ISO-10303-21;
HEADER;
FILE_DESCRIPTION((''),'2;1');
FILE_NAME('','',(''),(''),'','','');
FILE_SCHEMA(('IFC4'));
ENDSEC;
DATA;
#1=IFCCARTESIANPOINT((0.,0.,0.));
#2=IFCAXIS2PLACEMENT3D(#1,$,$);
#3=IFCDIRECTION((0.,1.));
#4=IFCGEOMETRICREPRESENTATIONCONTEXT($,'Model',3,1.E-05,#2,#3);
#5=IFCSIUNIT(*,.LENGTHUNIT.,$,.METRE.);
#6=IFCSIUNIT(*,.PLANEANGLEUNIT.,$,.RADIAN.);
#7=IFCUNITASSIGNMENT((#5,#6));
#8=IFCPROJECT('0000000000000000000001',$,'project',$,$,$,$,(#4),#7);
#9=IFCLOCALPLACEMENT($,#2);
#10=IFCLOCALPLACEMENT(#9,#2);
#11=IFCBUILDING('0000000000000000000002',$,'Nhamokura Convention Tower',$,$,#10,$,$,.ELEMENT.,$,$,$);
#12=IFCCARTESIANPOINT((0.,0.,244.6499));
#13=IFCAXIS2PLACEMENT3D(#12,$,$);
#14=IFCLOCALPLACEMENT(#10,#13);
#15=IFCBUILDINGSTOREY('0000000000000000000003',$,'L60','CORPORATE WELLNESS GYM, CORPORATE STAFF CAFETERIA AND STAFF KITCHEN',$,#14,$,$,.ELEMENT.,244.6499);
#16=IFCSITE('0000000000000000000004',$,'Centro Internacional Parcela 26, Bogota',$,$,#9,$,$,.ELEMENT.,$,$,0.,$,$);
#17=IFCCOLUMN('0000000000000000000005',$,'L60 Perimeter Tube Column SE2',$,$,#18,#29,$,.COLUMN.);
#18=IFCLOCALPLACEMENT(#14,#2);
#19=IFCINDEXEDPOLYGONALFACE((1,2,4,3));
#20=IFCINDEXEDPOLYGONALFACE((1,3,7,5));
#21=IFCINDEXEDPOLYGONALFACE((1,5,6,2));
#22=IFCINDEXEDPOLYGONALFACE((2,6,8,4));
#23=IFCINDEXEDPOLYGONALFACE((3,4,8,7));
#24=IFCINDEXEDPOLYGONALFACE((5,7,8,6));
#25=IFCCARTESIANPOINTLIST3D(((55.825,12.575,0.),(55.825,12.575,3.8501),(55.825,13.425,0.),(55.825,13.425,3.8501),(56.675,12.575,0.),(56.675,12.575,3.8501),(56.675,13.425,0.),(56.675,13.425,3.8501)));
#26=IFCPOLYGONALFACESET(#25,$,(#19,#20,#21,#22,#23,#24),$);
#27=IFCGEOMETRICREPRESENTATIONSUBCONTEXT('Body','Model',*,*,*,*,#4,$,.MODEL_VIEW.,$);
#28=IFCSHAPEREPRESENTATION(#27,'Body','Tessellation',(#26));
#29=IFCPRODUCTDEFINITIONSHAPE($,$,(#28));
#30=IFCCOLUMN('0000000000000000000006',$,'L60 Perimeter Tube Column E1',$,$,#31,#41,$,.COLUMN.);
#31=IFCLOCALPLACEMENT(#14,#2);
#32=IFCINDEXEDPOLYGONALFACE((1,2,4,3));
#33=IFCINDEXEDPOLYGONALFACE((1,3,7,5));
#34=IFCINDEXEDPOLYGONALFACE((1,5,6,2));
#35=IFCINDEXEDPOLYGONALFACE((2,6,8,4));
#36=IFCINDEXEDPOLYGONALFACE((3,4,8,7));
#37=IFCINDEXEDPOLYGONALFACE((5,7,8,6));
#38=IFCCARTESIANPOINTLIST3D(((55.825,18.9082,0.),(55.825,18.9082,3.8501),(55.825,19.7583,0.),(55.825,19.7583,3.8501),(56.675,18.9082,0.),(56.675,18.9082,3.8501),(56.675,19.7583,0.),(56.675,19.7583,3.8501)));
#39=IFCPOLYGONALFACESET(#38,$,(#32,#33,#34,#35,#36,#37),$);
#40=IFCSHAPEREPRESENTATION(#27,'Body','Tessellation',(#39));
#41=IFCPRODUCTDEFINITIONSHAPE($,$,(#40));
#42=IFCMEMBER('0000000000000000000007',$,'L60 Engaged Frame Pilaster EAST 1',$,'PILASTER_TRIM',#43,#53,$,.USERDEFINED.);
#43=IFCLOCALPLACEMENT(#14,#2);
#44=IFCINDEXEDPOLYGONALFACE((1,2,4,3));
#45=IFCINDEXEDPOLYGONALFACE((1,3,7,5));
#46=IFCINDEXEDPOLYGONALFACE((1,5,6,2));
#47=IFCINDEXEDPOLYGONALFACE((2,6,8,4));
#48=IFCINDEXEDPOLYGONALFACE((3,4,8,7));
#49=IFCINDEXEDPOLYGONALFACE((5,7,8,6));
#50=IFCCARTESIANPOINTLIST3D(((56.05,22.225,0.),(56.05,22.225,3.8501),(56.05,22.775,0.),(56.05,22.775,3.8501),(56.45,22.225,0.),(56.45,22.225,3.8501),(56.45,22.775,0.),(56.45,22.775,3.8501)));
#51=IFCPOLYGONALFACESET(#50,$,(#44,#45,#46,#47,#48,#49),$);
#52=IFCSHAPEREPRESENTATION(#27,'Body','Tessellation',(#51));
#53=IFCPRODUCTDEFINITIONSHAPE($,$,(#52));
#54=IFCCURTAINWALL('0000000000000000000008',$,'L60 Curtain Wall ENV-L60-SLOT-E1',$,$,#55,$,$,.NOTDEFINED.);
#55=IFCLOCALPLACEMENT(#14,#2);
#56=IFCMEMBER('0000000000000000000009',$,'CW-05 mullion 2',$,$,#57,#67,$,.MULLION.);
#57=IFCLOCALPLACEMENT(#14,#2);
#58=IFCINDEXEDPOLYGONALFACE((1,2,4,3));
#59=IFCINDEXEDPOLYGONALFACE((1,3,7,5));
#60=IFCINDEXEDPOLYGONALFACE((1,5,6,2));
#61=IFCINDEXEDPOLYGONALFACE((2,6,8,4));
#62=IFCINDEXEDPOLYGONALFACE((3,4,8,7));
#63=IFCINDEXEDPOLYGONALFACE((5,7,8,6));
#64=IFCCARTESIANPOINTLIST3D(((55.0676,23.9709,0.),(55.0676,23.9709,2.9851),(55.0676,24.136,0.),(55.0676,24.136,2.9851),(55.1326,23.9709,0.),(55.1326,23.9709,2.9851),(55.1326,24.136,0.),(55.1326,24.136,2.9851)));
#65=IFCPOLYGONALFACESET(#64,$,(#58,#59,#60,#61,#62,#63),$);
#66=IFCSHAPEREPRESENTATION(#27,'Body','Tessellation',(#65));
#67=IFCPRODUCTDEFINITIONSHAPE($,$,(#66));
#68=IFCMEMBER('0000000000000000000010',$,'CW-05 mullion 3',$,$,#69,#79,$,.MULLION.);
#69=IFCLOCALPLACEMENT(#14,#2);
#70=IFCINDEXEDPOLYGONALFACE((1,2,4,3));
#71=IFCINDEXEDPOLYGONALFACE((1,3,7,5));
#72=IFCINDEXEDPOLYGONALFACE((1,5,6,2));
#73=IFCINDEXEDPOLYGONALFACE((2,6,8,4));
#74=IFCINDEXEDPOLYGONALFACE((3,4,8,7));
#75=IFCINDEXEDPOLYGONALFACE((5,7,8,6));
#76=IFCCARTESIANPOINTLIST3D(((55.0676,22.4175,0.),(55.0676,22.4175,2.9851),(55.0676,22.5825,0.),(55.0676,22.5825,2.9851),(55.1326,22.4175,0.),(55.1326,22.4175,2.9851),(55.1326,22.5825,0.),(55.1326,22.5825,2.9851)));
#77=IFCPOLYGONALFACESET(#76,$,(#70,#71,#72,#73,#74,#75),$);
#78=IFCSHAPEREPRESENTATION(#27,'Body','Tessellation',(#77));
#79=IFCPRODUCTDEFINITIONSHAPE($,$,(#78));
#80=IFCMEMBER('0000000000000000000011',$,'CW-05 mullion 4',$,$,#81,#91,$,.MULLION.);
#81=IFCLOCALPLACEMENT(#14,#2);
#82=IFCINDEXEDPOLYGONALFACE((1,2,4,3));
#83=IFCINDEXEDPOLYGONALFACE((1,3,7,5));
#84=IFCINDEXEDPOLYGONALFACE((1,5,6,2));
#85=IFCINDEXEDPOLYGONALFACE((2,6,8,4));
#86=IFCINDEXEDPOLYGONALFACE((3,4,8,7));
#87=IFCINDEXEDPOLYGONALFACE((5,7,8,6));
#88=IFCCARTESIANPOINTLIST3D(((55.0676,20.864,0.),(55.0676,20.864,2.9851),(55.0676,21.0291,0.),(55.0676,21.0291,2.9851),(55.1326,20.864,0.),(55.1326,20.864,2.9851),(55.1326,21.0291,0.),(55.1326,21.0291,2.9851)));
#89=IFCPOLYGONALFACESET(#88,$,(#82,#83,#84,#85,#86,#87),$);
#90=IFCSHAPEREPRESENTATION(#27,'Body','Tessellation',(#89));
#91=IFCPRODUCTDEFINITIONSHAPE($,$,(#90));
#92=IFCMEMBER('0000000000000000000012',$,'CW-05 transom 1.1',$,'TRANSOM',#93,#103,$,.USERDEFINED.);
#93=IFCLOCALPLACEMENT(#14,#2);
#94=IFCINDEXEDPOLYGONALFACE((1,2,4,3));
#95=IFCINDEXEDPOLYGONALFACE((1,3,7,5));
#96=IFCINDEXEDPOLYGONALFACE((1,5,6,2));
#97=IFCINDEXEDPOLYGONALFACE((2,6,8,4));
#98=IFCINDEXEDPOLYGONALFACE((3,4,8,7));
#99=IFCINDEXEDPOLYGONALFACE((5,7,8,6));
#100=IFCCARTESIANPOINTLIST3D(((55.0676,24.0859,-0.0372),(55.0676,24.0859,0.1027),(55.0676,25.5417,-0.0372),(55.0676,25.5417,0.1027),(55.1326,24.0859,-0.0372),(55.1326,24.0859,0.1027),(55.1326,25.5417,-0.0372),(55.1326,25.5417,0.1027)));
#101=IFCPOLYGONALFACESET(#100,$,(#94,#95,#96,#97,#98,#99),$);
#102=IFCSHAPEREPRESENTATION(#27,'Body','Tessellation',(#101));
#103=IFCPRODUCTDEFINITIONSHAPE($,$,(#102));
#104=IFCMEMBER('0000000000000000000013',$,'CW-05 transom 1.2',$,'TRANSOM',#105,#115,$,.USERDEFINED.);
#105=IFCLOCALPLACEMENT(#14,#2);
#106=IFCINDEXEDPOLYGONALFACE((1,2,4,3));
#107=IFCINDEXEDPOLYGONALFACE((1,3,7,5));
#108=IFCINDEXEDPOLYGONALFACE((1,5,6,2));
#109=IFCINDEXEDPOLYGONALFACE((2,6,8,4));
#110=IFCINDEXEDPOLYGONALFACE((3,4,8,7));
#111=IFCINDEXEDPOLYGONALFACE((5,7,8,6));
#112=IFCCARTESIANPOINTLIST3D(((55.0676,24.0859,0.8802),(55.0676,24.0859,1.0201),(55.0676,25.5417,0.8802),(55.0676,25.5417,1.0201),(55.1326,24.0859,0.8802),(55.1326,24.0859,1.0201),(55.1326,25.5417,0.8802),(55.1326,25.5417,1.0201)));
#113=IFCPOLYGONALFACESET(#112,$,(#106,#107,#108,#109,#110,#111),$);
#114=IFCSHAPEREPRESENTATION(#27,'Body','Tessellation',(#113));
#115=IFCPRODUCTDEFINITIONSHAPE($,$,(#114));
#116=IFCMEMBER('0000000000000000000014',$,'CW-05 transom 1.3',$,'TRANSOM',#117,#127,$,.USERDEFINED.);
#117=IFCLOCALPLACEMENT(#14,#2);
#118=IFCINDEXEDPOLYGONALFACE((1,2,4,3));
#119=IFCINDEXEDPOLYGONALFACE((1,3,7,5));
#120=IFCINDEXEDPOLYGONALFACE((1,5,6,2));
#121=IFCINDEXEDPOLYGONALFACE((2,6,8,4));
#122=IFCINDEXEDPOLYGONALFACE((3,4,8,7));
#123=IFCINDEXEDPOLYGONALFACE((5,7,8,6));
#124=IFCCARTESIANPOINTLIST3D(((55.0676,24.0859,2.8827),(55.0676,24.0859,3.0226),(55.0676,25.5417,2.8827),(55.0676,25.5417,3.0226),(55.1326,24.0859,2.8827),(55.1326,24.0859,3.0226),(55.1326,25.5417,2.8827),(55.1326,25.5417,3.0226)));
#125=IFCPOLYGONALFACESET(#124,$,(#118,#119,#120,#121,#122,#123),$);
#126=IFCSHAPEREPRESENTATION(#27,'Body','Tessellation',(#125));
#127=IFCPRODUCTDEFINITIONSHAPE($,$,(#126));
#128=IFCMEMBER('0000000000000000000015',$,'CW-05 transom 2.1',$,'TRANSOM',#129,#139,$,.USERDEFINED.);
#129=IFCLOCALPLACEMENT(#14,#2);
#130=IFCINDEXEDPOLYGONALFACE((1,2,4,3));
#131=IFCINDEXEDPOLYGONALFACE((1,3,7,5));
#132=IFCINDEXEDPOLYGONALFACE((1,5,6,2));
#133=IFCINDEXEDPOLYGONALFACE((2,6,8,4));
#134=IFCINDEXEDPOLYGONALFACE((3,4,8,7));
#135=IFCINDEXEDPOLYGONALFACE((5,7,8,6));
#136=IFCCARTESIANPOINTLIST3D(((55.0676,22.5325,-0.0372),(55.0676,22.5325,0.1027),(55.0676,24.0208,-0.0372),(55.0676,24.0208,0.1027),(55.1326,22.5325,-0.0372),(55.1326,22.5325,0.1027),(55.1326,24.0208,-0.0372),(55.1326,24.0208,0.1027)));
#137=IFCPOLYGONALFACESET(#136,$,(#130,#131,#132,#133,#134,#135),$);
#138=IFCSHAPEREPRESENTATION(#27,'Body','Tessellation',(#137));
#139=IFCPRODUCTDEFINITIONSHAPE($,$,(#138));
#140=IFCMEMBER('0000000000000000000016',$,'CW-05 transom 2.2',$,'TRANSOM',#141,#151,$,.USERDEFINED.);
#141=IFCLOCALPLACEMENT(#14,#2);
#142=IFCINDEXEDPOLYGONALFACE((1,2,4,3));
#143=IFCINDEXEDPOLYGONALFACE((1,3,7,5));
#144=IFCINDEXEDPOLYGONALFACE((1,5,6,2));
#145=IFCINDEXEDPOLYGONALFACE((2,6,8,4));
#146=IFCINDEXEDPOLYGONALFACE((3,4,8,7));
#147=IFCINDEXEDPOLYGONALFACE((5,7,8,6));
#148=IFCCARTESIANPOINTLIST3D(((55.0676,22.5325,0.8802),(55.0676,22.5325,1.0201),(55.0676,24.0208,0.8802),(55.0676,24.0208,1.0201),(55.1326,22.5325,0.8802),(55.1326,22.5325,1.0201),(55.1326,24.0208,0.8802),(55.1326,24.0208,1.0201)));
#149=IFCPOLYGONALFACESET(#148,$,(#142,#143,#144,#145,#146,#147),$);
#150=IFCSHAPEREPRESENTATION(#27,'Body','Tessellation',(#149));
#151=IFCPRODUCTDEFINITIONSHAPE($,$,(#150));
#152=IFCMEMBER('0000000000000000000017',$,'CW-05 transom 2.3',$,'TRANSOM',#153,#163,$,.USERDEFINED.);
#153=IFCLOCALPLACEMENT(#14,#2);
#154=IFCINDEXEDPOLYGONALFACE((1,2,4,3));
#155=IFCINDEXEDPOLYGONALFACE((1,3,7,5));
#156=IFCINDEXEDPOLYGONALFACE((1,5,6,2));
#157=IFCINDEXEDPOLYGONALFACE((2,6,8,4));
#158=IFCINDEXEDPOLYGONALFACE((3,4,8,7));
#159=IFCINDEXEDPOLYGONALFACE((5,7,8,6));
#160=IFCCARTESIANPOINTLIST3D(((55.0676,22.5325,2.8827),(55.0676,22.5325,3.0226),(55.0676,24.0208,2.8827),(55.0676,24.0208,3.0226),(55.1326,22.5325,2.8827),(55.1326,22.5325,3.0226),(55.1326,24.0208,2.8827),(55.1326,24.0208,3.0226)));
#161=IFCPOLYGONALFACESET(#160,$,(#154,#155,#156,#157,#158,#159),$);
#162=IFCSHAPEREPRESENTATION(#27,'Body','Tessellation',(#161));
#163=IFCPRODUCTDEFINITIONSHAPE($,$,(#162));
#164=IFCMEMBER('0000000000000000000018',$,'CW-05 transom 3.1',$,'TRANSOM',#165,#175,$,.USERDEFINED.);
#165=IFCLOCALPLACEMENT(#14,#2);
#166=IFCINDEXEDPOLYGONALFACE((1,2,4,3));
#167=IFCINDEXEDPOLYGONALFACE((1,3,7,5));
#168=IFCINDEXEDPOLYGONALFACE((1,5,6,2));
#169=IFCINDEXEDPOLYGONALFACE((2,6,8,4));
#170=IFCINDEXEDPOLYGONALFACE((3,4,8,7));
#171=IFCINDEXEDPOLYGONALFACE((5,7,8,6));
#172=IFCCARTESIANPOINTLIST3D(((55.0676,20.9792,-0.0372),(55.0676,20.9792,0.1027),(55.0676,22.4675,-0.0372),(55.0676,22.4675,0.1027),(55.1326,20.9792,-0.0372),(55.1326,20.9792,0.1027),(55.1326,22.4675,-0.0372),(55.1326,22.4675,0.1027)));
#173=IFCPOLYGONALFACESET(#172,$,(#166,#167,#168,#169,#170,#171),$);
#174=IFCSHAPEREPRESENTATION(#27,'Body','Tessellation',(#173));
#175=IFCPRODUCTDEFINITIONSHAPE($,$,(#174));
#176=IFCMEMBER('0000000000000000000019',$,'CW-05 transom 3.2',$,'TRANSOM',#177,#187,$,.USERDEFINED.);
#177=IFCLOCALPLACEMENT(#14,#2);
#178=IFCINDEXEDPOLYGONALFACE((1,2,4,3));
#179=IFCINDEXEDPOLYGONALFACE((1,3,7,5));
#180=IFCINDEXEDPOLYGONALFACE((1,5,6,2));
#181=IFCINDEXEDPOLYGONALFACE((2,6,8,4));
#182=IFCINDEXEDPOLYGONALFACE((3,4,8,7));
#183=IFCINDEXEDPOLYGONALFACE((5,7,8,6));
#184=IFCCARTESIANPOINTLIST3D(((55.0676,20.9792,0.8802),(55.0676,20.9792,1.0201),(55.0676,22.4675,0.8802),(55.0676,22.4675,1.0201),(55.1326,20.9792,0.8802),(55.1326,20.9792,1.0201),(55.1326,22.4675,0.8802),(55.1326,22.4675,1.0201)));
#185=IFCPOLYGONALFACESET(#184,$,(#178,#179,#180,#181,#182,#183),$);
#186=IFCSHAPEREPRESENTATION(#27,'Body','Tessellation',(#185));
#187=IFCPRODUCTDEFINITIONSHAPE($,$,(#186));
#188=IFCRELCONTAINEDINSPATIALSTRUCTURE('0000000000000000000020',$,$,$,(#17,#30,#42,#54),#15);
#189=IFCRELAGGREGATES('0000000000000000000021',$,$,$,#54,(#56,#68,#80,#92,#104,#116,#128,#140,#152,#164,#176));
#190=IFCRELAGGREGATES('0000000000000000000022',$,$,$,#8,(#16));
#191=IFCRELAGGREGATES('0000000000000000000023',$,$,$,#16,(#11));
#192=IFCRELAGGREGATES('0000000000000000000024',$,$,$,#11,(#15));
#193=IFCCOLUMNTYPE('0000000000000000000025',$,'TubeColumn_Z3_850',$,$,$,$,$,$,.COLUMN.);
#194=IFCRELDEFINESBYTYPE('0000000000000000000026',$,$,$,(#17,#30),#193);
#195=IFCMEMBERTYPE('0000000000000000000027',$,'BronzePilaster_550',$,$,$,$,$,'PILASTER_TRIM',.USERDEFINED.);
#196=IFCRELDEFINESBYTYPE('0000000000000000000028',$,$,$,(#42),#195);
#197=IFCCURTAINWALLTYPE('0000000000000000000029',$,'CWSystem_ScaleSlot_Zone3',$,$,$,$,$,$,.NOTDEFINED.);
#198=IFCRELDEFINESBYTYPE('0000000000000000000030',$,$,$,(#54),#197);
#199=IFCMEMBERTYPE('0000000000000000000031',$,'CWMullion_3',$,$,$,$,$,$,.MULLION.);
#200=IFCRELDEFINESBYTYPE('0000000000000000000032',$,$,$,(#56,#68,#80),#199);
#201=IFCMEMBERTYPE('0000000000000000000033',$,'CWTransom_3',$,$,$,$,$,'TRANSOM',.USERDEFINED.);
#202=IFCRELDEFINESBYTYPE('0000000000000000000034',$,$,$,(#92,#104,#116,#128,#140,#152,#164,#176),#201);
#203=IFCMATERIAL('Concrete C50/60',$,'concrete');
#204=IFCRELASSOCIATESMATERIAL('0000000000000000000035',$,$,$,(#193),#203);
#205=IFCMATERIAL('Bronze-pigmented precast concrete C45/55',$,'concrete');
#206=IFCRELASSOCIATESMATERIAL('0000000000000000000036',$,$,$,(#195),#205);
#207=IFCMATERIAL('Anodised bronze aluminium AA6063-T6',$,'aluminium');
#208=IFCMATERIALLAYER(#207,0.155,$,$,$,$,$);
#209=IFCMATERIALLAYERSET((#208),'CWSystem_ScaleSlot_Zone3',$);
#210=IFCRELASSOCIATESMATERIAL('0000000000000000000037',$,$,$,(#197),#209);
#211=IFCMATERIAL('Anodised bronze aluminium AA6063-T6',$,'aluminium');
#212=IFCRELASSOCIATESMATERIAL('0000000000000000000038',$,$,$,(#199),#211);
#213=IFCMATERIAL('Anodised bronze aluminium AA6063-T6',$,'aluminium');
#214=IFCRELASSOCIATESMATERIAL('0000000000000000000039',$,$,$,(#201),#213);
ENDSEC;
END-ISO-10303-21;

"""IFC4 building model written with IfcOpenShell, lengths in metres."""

from ifc_helpers import new_model, si_unit, direction, frame, origin, origin_2d, place, context, subcontext, project, spatial, rectangle, extrude, material, layer, layer_set, material_profile, profile_set, type_object, element, aggregate, save


model = new_model("IFC4")

# Units and contexts
model_context = context("Model", 3, precision=1e-05, world=origin(), true_north=direction((0.0, 1.0)))
body_context = subcontext(model_context, "Body", "Model", "MODEL_VIEW")
ifc_project = project(units=[si_unit("LENGTHUNIT", "METRE"), si_unit("PLANEANGLEUNIT", "RADIAN")], contexts=[model_context])

# Site, building, storey
site_placement = place(None, origin())
site = spatial("IfcSite", under=ifc_project, at=site_placement, Name="Centro Internacional Parcela 26, Bogota", CompositionType="ELEMENT", RefElevation=0.0)
building_placement = place(site_placement, origin())
building = spatial("IfcBuilding", under=site, at=building_placement, Name="Nhamokura Convention Tower", CompositionType="ELEMENT")
storey_placement = place(building_placement, frame((0.0, 0.0, 244.6499)))
storey = spatial("IfcBuildingStorey", under=building, at=storey_placement, Name="L60", Description="CORPORATE WELLNESS GYM, CORPORATE STAFF CAFETERIA AND STAFF KITCHEN", CompositionType="ELEMENT", Elevation=244.6499)

# Columns
ifc_material_1 = material(Name="Concrete C50/60", Category="concrete")
ifc_material_profile_1 = material_profile(ifc_material_1, rectangle(XDim=0.8501, YDim=0.8501, at=origin_2d()))
ifc_profile_set_1 = profile_set([ifc_material_profile_1], Name="Concrete C50/60")
column_type = type_object("IfcColumnType", Name="TubeColumn_Z3_850", PredefinedType="COLUMN", material=ifc_profile_set_1)
for number, where, z_axis, x_axis, name in (
    (1, (56.25, 13.0, 0.0), (0.0, 0.0, 1.0), (1.0, 0.0, 0.0), "L60 Perimeter Tube Column SE2"),
    (2, (56.25, 19.3333, 0.0), (0.0, 0.0, 1.0), (1.0, 0.0, 0.0), "L60 Perimeter Tube Column E1"),
):
    element("IfcColumn", number, at=place(storey_placement, frame(where, z_axis=z_axis, x_axis=x_axis)), inside=storey, type_object=column_type, Name=name, PredefinedType="COLUMN", context=body_context, shape_type="SweptSolid", body=[
        extrude(rectangle(XDim=0.8501, YDim=0.8501, at=origin_2d()), origin(), (0.0, 0.0, 1.0), 3.8501),
    ])

# Member
ifc_material_2 = material(Name="Bronze-pigmented precast concrete C45/55", Category="concrete")
ifc_material_profile_2 = material_profile(ifc_material_2, rectangle(XDim=0.3999, YDim=0.55, at=origin_2d()))
ifc_profile_set_2 = profile_set([ifc_material_profile_2], Name="Bronze-pigmented precast concrete C45/55")
member_type_1 = type_object("IfcMemberType", Name="BronzePilaster_550", ElementType="PILASTER_TRIM", PredefinedType="USERDEFINED", material=ifc_profile_set_2)
member_1_placement = place(storey_placement, frame((56.25, 22.5, 0.0), z_axis=(0.0, 0.0, 1.0), x_axis=(1.0, 0.0, 0.0)))
element("IfcMember", 3, at=member_1_placement, inside=storey, type_object=member_type_1, Name="L60 Engaged Frame Pilaster EAST 1", ObjectType="PILASTER_TRIM", PredefinedType="USERDEFINED", context=body_context, shape_type="SweptSolid", body=[
    extrude(rectangle(XDim=0.3999, YDim=0.55, at=origin_2d()), origin(), (0.0, 0.0, 1.0), 3.8501),
])

# Curtain wall, members
ifc_material_3 = material(Name="Anodised bronze aluminium AA6063-T6", Category="aluminium")
ifc_layer_1 = layer(ifc_material_3, 0.155)
ifc_layer_set_1 = layer_set([ifc_layer_1], Name="CWSystem_ScaleSlot_Zone3")
curtain_wall_type = type_object("IfcCurtainWallType", Name="CWSystem_ScaleSlot_Zone3", PredefinedType="NOTDEFINED", material=ifc_layer_set_1)
curtain_wall_placement = place(storey_placement, origin())
curtain_wall = element("IfcCurtainWall", 4, at=curtain_wall_placement, inside=storey, type_object=curtain_wall_type, Name="L60 Curtain Wall ENV-L60-SLOT-E1", PredefinedType="NOTDEFINED")
ifc_material_4 = material(Name="Anodised bronze aluminium AA6063-T6", Category="aluminium")
ifc_material_profile_3 = material_profile(ifc_material_4, rectangle(XDim=0.0649, YDim=0.165, at=origin_2d()))
ifc_profile_set_3 = profile_set([ifc_material_profile_3], Name="Anodised bronze aluminium AA6063-T6")
member_type_2 = type_object("IfcMemberType", Name="CWMullion_3", PredefinedType="MULLION", material=ifc_profile_set_3)
member_2_placement = place(storey_placement, frame((55.1001, 24.0535, 0.0), z_axis=(0.0, 0.0, 1.0), x_axis=(1.0, 0.0, 0.0)))
member_2 = element("IfcMember", 5, at=member_2_placement, type_object=member_type_2, Name="CW-05 mullion 2", PredefinedType="MULLION", context=body_context, shape_type="SweptSolid", body=[
    extrude(rectangle(XDim=0.0649, YDim=0.165, at=origin_2d()), origin(), (0.0, 0.0, 1.0), 2.9851),
])
member_3_placement = place(storey_placement, frame((55.1001, 22.5, 0.0), z_axis=(0.0, 0.0, 1.0), x_axis=(1.0, 0.0, 0.0)))
member_3 = element("IfcMember", 6, at=member_3_placement, type_object=member_type_2, Name="CW-05 mullion 3", PredefinedType="MULLION", context=body_context, shape_type="SweptSolid", body=[
    extrude(rectangle(XDim=0.0649, YDim=0.165, at=origin_2d()), origin(), (0.0, 0.0, 1.0), 2.9851),
])
member_4_placement = place(storey_placement, frame((55.1001, 20.9465, 0.0), z_axis=(0.0, 0.0, 1.0), x_axis=(1.0, 0.0, 0.0)))
member_4 = element("IfcMember", 7, at=member_4_placement, type_object=member_type_2, Name="CW-05 mullion 4", PredefinedType="MULLION", context=body_context, shape_type="SweptSolid", body=[
    extrude(rectangle(XDim=0.0649, YDim=0.165, at=origin_2d()), origin(), (0.0, 0.0, 1.0), 2.9851),
])
ifc_material_5 = material(Name="Anodised bronze aluminium AA6063-T6", Category="aluminium")
ifc_material_profile_4 = material_profile(ifc_material_5, rectangle(XDim=0.0649, YDim=0.1399, at=origin_2d()))
ifc_profile_set_4 = profile_set([ifc_material_profile_4], Name="Anodised bronze aluminium AA6063-T6")
member_type_3 = type_object("IfcMemberType", Name="CWTransom_3", ElementType="TRANSOM", PredefinedType="USERDEFINED", material=ifc_profile_set_4)
member_5_placement = place(storey_placement, frame((55.1001, 25.5417, 0.0327), z_axis=(0.0, -1.0, 0.0), x_axis=(1.0, 0.0, 0.0)))
member_5 = element("IfcMember", 8, at=member_5_placement, type_object=member_type_3, Name="CW-05 transom 1.1", ObjectType="TRANSOM", PredefinedType="USERDEFINED", context=body_context, shape_type="SweptSolid", body=[
    extrude(rectangle(XDim=0.0649, YDim=0.1399, at=origin_2d()), origin(), (0.0, 0.0, 1.0), 1.4558),
])
member_6_placement = place(storey_placement, frame((55.1001, 25.5417, 0.9502), z_axis=(0.0, -1.0, 0.0), x_axis=(1.0, 0.0, 0.0)))
member_6 = element("IfcMember", 9, at=member_6_placement, type_object=member_type_3, Name="CW-05 transom 1.2", ObjectType="TRANSOM", PredefinedType="USERDEFINED", context=body_context, shape_type="SweptSolid", body=[
    extrude(rectangle(XDim=0.0649, YDim=0.1399, at=origin_2d()), origin(), (0.0, 0.0, 1.0), 1.4558),
])
member_7_placement = place(storey_placement, frame((55.1001, 25.5417, 2.9526), z_axis=(0.0, -1.0, 0.0), x_axis=(1.0, 0.0, 0.0)))
member_7 = element("IfcMember", 10, at=member_7_placement, type_object=member_type_3, Name="CW-05 transom 1.3", ObjectType="TRANSOM", PredefinedType="USERDEFINED", context=body_context, shape_type="SweptSolid", body=[
    extrude(rectangle(XDim=0.0649, YDim=0.1399, at=origin_2d()), origin(), (0.0, 0.0, 1.0), 1.4558),
])
member_8_placement = place(storey_placement, frame((55.1001, 24.0208, 0.0327), z_axis=(0.0, -1.0, 0.0), x_axis=(1.0, 0.0, 0.0)))
member_8 = element("IfcMember", 11, at=member_8_placement, type_object=member_type_3, Name="CW-05 transom 2.1", ObjectType="TRANSOM", PredefinedType="USERDEFINED", context=body_context, shape_type="SweptSolid", body=[
    extrude(rectangle(XDim=0.0649, YDim=0.1399, at=origin_2d()), origin(), (0.0, 0.0, 1.0), 1.4883),
])
member_9_placement = place(storey_placement, frame((55.1001, 24.0208, 0.9502), z_axis=(0.0, -1.0, 0.0), x_axis=(1.0, 0.0, 0.0)))
member_9 = element("IfcMember", 12, at=member_9_placement, type_object=member_type_3, Name="CW-05 transom 2.2", ObjectType="TRANSOM", PredefinedType="USERDEFINED", context=body_context, shape_type="SweptSolid", body=[
    extrude(rectangle(XDim=0.0649, YDim=0.1399, at=origin_2d()), origin(), (0.0, 0.0, 1.0), 1.4883),
])
member_10_placement = place(storey_placement, frame((55.1001, 24.0208, 2.9526), z_axis=(0.0, -1.0, 0.0), x_axis=(1.0, 0.0, 0.0)))
member_10 = element("IfcMember", 13, at=member_10_placement, type_object=member_type_3, Name="CW-05 transom 2.3", ObjectType="TRANSOM", PredefinedType="USERDEFINED", context=body_context, shape_type="SweptSolid", body=[
    extrude(rectangle(XDim=0.0649, YDim=0.1399, at=origin_2d()), origin(), (0.0, 0.0, 1.0), 1.4883),
])
member_11_placement = place(storey_placement, frame((55.1001, 22.4675, 0.0327), z_axis=(0.0, -1.0, 0.0), x_axis=(1.0, 0.0, 0.0)))
member_11 = element("IfcMember", 14, at=member_11_placement, type_object=member_type_3, Name="CW-05 transom 3.1", ObjectType="TRANSOM", PredefinedType="USERDEFINED", context=body_context, shape_type="SweptSolid", body=[
    extrude(rectangle(XDim=0.0649, YDim=0.1399, at=origin_2d()), origin(), (0.0, 0.0, 1.0), 1.4883),
])
member_12_placement = place(storey_placement, frame((55.1001, 22.4675, 0.9502), z_axis=(0.0, -1.0, 0.0), x_axis=(1.0, 0.0, 0.0)))
member_12 = element("IfcMember", 15, at=member_12_placement, type_object=member_type_3, Name="CW-05 transom 3.2", ObjectType="TRANSOM", PredefinedType="USERDEFINED", context=body_context, shape_type="SweptSolid", body=[
    extrude(rectangle(XDim=0.0649, YDim=0.1399, at=origin_2d()), origin(), (0.0, 0.0, 1.0), 1.4883),
])

aggregate(curtain_wall, [member_2, member_3, member_4, member_5, member_6, member_7, member_8, member_9, member_10, member_11, member_12])

save(model, "model.ifc")
